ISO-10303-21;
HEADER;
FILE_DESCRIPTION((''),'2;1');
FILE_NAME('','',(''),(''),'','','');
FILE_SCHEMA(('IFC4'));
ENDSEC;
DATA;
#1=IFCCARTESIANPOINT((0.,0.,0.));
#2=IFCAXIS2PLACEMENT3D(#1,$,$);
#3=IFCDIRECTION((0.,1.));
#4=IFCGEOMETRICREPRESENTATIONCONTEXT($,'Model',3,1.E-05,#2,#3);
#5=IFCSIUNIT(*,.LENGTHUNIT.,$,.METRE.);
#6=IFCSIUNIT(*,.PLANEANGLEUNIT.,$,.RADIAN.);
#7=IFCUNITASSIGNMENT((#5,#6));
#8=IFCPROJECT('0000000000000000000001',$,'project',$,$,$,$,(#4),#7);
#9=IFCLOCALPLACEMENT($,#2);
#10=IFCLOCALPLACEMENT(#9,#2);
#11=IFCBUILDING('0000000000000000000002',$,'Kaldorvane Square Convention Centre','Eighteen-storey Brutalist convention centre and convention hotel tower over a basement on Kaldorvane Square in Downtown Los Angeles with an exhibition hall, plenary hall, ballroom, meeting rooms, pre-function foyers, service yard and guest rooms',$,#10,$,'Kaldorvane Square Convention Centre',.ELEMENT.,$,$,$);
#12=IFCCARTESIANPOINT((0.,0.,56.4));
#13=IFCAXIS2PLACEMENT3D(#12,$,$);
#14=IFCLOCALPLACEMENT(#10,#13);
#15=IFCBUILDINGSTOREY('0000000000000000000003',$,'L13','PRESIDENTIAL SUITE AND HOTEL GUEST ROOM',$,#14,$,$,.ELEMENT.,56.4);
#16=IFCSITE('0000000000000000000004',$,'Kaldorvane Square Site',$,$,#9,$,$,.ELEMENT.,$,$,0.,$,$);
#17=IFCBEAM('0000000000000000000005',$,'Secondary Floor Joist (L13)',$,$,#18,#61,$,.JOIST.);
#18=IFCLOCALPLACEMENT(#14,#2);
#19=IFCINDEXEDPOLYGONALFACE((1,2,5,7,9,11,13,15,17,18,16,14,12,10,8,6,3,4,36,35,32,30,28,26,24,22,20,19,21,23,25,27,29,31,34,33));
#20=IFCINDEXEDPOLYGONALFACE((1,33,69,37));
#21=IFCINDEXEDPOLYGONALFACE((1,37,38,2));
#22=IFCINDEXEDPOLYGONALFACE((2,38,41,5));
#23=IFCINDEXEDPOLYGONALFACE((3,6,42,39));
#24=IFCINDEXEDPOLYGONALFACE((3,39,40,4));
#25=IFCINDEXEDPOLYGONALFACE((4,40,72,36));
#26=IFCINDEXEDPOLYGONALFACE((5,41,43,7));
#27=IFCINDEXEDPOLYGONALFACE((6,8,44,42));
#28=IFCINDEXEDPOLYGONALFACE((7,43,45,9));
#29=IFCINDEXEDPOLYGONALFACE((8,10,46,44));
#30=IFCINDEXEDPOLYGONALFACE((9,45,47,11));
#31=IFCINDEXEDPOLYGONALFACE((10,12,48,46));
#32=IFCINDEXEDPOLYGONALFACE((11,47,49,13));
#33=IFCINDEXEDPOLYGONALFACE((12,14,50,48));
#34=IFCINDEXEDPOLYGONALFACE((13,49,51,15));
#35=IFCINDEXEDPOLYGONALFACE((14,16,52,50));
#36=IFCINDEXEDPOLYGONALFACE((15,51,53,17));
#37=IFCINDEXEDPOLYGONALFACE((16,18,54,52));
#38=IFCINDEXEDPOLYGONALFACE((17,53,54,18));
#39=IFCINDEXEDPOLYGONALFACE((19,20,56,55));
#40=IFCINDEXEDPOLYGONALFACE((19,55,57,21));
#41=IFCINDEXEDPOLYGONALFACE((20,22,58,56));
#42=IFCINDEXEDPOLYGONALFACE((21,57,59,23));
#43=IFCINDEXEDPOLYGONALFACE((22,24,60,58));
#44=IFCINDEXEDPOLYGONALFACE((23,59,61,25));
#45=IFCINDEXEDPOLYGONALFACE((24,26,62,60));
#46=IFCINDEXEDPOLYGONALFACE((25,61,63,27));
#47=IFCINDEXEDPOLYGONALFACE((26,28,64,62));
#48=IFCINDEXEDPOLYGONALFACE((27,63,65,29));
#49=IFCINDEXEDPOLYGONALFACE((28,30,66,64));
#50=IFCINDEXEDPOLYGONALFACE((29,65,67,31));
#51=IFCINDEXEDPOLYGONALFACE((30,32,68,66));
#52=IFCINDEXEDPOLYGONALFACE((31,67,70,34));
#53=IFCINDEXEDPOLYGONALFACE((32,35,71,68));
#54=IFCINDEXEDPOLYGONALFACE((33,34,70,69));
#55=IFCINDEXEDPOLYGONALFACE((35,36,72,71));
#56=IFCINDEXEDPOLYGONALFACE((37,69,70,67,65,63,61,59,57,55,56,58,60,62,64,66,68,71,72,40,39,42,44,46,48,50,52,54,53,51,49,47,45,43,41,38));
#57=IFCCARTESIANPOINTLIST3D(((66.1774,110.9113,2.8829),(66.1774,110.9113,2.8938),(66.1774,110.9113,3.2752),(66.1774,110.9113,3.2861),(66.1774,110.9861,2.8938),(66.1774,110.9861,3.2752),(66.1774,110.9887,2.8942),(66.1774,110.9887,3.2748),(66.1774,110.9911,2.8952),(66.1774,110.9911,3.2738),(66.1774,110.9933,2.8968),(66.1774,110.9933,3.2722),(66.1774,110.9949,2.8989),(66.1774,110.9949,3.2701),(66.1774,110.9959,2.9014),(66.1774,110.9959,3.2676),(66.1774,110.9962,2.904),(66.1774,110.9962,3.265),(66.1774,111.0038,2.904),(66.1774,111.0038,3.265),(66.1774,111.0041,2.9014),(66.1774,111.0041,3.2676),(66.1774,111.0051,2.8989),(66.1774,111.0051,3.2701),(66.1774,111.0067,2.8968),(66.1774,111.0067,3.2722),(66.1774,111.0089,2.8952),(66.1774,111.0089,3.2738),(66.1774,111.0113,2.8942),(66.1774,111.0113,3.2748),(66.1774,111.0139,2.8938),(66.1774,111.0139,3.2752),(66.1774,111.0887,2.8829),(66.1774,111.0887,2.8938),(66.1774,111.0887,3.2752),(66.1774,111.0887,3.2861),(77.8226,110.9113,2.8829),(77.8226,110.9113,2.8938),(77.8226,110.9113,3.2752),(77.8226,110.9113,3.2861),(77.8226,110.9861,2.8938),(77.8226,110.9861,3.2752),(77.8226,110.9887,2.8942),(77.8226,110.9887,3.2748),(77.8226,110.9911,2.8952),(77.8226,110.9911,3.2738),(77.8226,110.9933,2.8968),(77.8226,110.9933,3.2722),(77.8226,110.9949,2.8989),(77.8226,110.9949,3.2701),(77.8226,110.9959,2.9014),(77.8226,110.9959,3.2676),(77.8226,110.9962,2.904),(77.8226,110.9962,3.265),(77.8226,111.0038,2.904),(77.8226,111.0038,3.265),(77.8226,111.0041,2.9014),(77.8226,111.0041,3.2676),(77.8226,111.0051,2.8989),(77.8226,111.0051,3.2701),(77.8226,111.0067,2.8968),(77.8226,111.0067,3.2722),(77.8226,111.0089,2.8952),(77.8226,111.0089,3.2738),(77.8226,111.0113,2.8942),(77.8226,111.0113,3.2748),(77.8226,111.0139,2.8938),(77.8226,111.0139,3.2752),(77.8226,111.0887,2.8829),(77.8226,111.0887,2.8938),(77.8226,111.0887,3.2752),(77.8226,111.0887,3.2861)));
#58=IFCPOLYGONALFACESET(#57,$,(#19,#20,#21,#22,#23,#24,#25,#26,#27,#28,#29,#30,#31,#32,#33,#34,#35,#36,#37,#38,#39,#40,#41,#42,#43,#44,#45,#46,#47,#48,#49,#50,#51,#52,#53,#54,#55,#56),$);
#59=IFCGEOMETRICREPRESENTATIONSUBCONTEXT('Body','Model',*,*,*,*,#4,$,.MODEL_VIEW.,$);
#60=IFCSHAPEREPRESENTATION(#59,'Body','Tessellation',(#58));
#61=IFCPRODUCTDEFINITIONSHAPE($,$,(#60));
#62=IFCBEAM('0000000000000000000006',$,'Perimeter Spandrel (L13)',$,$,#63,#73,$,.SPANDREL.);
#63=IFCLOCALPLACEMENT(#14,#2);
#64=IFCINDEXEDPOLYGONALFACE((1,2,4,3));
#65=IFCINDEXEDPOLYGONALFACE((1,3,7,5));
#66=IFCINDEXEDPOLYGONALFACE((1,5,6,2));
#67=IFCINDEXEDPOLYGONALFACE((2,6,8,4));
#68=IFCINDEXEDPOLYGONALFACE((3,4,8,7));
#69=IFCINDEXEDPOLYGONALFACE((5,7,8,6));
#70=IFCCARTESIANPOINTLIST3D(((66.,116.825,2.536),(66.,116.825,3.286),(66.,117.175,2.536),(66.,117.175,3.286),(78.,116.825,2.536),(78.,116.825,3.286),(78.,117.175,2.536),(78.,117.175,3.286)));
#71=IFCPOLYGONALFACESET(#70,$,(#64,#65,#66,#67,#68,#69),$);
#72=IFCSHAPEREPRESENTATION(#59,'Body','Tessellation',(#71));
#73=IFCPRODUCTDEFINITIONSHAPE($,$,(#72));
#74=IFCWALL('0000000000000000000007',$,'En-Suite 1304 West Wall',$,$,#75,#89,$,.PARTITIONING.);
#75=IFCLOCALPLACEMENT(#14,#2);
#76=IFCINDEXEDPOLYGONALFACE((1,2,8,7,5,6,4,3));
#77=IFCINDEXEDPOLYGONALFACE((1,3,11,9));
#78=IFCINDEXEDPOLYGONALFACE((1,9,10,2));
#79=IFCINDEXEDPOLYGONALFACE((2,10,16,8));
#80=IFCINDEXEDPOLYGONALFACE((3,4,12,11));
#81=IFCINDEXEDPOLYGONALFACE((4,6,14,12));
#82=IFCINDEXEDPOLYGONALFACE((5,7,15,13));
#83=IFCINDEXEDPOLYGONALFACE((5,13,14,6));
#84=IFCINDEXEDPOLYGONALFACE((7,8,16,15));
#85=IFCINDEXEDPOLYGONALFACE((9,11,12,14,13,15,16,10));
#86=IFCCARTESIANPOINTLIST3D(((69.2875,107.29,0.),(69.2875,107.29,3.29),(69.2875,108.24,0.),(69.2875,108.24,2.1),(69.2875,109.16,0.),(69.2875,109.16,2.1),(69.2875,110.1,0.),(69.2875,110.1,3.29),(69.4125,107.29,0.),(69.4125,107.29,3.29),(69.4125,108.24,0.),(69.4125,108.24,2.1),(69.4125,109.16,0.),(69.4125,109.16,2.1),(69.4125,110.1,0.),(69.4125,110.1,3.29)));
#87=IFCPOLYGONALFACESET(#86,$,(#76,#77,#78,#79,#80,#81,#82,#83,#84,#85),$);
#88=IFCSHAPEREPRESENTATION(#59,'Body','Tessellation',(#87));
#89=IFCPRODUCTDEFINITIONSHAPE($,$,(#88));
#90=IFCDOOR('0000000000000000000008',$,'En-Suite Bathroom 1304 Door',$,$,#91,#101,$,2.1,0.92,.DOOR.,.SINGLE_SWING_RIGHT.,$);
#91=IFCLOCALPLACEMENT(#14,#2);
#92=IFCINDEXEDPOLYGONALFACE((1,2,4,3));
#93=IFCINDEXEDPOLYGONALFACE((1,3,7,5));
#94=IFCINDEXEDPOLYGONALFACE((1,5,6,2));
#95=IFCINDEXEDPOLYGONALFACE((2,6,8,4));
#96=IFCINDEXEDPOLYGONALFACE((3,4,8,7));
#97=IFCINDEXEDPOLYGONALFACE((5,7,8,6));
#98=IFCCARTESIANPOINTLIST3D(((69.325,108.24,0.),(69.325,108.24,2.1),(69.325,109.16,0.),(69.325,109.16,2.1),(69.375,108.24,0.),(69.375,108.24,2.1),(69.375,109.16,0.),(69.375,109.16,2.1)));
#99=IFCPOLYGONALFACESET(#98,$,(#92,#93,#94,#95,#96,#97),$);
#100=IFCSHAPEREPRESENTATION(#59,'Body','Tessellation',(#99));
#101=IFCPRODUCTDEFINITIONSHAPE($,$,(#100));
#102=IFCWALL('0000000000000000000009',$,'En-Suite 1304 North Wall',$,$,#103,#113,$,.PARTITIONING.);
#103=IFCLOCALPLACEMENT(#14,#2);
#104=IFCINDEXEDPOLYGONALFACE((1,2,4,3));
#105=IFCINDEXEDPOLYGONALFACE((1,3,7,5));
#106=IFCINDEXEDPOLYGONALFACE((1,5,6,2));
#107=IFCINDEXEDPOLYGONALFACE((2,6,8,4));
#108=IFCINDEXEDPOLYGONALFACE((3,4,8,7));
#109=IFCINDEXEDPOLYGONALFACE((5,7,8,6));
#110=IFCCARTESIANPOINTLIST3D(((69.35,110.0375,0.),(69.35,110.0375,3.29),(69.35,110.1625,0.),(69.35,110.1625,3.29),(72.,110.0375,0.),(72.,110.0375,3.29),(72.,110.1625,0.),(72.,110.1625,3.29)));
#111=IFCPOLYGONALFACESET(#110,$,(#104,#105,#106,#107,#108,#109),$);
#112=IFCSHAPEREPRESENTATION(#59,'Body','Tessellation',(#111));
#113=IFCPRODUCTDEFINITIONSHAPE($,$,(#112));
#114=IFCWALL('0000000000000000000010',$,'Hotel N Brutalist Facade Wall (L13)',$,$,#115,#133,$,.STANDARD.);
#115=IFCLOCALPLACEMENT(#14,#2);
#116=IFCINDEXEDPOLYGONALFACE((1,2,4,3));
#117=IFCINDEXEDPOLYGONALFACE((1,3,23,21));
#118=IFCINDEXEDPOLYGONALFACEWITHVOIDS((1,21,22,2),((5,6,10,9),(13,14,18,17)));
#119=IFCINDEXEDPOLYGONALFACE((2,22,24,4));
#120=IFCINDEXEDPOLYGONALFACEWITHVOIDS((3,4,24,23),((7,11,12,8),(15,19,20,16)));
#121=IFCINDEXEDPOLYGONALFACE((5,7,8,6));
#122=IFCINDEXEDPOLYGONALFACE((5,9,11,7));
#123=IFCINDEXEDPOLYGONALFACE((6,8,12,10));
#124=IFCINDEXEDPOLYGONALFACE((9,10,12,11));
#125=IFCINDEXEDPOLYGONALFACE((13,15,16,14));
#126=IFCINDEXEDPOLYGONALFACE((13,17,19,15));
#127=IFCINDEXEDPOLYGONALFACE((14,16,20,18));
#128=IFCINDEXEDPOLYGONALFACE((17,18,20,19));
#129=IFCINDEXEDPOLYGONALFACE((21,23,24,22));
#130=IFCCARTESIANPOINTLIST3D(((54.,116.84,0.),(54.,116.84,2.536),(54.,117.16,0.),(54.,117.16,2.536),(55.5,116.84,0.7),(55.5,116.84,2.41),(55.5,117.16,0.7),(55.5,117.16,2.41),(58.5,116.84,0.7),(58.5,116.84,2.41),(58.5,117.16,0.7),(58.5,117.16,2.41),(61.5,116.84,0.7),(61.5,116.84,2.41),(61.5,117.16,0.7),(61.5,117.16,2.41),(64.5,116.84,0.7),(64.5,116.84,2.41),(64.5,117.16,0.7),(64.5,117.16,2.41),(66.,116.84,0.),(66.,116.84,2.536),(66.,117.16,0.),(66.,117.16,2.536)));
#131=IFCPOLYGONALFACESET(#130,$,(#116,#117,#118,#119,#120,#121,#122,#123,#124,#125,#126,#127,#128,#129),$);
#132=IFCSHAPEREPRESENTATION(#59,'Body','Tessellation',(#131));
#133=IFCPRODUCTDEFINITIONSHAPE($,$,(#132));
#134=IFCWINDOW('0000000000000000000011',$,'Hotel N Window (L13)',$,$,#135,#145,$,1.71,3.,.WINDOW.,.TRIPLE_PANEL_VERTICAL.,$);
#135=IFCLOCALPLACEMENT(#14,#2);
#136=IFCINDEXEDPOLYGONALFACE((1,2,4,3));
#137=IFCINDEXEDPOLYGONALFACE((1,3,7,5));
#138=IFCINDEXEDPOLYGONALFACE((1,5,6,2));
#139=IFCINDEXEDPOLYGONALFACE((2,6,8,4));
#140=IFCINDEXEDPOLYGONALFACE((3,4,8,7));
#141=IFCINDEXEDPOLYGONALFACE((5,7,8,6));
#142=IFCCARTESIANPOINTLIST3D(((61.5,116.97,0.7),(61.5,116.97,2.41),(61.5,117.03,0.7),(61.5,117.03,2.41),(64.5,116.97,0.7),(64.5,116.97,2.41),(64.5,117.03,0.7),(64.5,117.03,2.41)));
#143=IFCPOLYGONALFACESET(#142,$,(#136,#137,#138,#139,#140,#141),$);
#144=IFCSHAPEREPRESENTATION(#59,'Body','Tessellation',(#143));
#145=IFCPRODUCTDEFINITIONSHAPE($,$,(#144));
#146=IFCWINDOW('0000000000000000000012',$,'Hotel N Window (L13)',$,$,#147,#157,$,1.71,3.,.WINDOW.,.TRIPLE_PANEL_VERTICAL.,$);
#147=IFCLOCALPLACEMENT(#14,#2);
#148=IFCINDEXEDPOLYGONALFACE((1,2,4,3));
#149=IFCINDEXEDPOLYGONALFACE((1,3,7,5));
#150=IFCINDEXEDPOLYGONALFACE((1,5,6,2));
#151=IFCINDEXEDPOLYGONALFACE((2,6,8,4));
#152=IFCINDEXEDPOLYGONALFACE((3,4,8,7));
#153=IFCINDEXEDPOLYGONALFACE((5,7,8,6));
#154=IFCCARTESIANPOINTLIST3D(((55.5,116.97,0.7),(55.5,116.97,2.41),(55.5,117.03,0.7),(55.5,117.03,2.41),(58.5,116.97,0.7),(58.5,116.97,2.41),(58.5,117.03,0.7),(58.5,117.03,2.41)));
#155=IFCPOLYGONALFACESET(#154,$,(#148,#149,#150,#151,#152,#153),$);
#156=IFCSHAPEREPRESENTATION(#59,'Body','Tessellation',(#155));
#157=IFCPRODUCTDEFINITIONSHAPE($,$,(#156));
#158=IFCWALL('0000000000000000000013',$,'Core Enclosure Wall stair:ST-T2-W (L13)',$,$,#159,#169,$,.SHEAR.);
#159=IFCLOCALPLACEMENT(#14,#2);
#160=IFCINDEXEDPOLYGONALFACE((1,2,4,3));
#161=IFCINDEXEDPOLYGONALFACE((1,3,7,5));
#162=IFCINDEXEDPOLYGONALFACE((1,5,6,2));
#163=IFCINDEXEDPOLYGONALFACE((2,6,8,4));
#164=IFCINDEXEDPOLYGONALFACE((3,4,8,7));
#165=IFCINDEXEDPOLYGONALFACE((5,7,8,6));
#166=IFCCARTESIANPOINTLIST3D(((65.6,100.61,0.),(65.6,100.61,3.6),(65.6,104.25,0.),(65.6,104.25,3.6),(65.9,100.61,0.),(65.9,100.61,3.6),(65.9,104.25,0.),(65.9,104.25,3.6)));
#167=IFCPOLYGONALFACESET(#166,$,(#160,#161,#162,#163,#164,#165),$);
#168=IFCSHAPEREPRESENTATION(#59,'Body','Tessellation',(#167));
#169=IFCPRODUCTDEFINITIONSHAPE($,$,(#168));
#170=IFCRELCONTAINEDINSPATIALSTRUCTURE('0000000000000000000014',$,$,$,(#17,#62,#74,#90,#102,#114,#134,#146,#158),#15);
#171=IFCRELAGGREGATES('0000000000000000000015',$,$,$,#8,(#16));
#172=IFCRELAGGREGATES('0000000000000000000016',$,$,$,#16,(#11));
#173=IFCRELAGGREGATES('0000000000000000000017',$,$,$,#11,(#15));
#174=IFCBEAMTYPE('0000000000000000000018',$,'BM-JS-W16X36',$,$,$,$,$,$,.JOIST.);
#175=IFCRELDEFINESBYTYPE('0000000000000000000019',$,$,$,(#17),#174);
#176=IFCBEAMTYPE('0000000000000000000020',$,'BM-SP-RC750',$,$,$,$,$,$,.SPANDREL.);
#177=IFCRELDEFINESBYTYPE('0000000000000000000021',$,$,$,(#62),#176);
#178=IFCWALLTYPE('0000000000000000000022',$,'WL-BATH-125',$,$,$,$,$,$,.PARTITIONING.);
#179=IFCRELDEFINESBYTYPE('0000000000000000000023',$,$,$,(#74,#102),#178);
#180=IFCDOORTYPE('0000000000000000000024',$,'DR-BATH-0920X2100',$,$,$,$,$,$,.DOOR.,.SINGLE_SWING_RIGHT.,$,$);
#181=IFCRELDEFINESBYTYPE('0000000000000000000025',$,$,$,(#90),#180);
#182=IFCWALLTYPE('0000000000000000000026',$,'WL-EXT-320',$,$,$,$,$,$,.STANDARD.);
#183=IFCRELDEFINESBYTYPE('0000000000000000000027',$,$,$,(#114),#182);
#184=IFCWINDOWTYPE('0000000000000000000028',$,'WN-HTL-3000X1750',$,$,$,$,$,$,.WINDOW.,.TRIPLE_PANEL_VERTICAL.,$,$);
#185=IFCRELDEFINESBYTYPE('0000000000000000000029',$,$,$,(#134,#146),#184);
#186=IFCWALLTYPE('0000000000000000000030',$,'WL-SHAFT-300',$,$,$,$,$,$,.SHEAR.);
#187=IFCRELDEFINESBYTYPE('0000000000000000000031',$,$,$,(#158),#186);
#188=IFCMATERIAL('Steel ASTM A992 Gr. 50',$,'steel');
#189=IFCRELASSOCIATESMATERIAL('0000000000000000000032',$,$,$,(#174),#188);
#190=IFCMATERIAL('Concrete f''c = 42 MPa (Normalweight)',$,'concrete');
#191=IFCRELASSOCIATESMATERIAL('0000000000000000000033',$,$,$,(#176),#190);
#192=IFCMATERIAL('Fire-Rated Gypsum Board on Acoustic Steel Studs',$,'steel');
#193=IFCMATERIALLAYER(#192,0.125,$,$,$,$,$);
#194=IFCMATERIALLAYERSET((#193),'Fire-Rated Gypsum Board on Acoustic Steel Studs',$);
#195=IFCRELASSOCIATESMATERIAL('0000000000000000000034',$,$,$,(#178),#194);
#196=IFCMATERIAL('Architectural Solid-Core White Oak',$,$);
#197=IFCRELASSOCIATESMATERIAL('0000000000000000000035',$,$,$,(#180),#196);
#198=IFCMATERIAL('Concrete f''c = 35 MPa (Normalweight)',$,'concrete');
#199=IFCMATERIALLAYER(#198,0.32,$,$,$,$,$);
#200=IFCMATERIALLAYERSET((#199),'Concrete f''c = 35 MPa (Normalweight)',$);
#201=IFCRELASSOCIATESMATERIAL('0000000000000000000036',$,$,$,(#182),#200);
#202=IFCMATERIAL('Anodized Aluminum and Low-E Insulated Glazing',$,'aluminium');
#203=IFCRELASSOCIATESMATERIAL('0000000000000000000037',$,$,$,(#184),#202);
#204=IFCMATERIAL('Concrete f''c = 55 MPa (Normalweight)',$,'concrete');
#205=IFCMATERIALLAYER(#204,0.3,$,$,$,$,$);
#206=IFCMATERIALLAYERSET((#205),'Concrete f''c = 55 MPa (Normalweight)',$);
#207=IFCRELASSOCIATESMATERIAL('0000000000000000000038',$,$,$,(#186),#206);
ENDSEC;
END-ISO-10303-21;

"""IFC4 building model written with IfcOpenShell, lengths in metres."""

from ifc_helpers import new_model, si_unit, direction, frame, frame_2d, origin, origin_2d, place, context, subcontext, project, spatial, rectangle, i_section, extrude, material, layer, layer_set, material_profile, profile_set, type_object, element, fill, save


model = new_model("IFC4")

# Units and contexts
model_context = context("Model", 3, precision=1e-05, world=origin(), true_north=direction((0.0, 1.0)))
body_context = subcontext(model_context, "Body", "Model", "MODEL_VIEW")
ifc_project = project(units=[si_unit("LENGTHUNIT", "METRE"), si_unit("PLANEANGLEUNIT", "RADIAN")], contexts=[model_context])

# Site, building, storey
site_placement = place(None, origin())
site = spatial("IfcSite", under=ifc_project, at=site_placement, Name="Kaldorvane Square Site", CompositionType="ELEMENT", RefElevation=0.0)
building_placement = place(site_placement, origin())
building = spatial("IfcBuilding", under=site, at=building_placement, Name="Kaldorvane Square Convention Centre", Description="Eighteen-storey Brutalist convention centre and convention hotel tower over a basement on Kaldorvane Square in Downtown Los Angeles with an exhibition hall, plenary hall, ballroom, meeting rooms, pre-function foyers, service yard and guest rooms", LongName="Kaldorvane Square Convention Centre", CompositionType="ELEMENT")
storey_placement = place(building_placement, frame((0.0, 0.0, 56.4)))
storey = spatial("IfcBuildingStorey", under=building, at=storey_placement, Name="L13", Description="PRESIDENTIAL SUITE AND HOTEL GUEST ROOM", CompositionType="ELEMENT", Elevation=56.4)

# Shared definitions
ifc_material_1 = material(Name="Concrete f'c = 42 MPa (Normalweight)", Category="concrete")
ifc_material_2 = material(Name="Steel ASTM A992 Gr. 50", Category="steel")

# Beams
ifc_material_profile_1 = material_profile(ifc_material_2, i_section(OverallWidth=0.1774, OverallDepth=0.4031, WebThickness=0.0075, FlangeThickness=0.0109, FilletRadius=0.0102, at=origin_2d()), Name="W16X36")
ifc_profile_set_1 = profile_set([ifc_material_profile_1], Name="Steel ASTM A992 Gr. 50")
beam_type_1 = type_object("IfcBeamType", Name="BM-JS-W16X36", PredefinedType="JOIST", material=ifc_profile_set_1)
beam_1_placement = place(storey_placement, frame((66.1774, 111.0, 3.0845), z_axis=(1.0, 0.0, 0.0), x_axis=(0.0, 1.0, 0.0)))
element("IfcBeam", 1, at=beam_1_placement, inside=storey, type_object=beam_type_1, Name="Secondary Floor Joist (L13)", PredefinedType="JOIST", context=body_context, shape_type="SweptSolid", body=[
    extrude(i_section(OverallWidth=0.1774, OverallDepth=0.4031, WebThickness=0.0075, FlangeThickness=0.0109, FilletRadius=0.0102, at=origin_2d()), origin(), (0.0, 0.0, 1.0), 11.6452),
])
ifc_material_profile_2 = material_profile(ifc_material_1, rectangle(XDim=0.35, YDim=0.75, at=origin_2d()), Name="RCSP750X350")
ifc_profile_set_2 = profile_set([ifc_material_profile_2], Name="Concrete f'c = 42 MPa (Normalweight)")
beam_type_2 = type_object("IfcBeamType", Name="BM-SP-RC750", PredefinedType="SPANDREL", material=ifc_profile_set_2)
beam_2_placement = place(storey_placement, frame((66.0, 117.0, 2.911), z_axis=(1.0, 0.0, 0.0), x_axis=(0.0, 1.0, 0.0)))
element("IfcBeam", 2, at=beam_2_placement, inside=storey, type_object=beam_type_2, Name="Perimeter Spandrel (L13)", PredefinedType="SPANDREL", context=body_context, shape_type="SweptSolid", body=[
    extrude(rectangle(XDim=0.35, YDim=0.75, at=origin_2d()), origin(), (0.0, 0.0, 1.0), 12.0),
])

# Wall, opening, door
ifc_material_3 = material(Name="Fire-Rated Gypsum Board on Acoustic Steel Studs", Category="steel")
ifc_layer_1 = layer(ifc_material_3, 0.125)
ifc_layer_set_1 = layer_set([ifc_layer_1], Name="Fire-Rated Gypsum Board on Acoustic Steel Studs")
wall_type_1 = type_object("IfcWallType", Name="WL-BATH-125", PredefinedType="PARTITIONING", material=ifc_layer_set_1)
wall_1_placement = place(storey_placement, frame((69.35, 107.29, 0.0), z_axis=(0.0, 0.0, 1.0), x_axis=(0.0, 1.0, 0.0)))
wall_1 = element("IfcWall", 3, at=wall_1_placement, inside=storey, type_object=wall_type_1, Name="En-Suite 1304 West Wall", PredefinedType="PARTITIONING", context=body_context, shape_type="SweptSolid", body=[
    extrude(rectangle(XDim=2.81, YDim=0.125, at=frame_2d((1.405, 0.0))), origin(), (0.0, 0.0, 1.0), 3.29),
])
opening_1_placement = place(wall_1_placement, frame((0.95, 0.0, 0.0)))
opening_1 = element("IfcOpeningElement", 4, at=opening_1_placement, cuts=wall_1, PredefinedType="OPENING", context=body_context, shape_type="SweptSolid", body=[
    extrude(rectangle(XDim=0.92, YDim=2.1, at=frame_2d((0.46, 1.05))), frame((0.0, 0.0775, 0.0), z_axis=(0.0, -1.0, 0.0), x_axis=(1.0, 0.0, 0.0)), (0.0, 0.0, 1.0), 0.155),
])
ifc_material_4 = material(Name="Architectural Solid-Core White Oak")
door_type = type_object("IfcDoorType", Name="DR-BATH-0920X2100", OperationType="SINGLE_SWING_RIGHT", PredefinedType="DOOR", material=ifc_material_4)
door_placement = place(opening_1_placement, origin())
door = element("IfcDoor", 5, at=door_placement, inside=storey, type_object=door_type, Name="En-Suite Bathroom 1304 Door", OperationType="SINGLE_SWING_RIGHT", OverallHeight=2.1, OverallWidth=0.92, PredefinedType="DOOR", context=body_context, shape_type="SweptSolid", body=[
    extrude(rectangle(XDim=0.92, YDim=2.1, at=frame_2d((0.46, 1.05))), frame((0.0, 0.025, 0.0), z_axis=(0.0, -1.0, 0.0), x_axis=(1.0, 0.0, 0.0)), (0.0, 0.0, 1.0), 0.05),
])
fill(opening_1, door)

# Wall
wall_2_placement = place(storey_placement, frame((69.35, 110.1, 0.0), z_axis=(0.0, 0.0, 1.0), x_axis=(1.0, 0.0, 0.0)))
element("IfcWall", 6, at=wall_2_placement, inside=storey, type_object=wall_type_1, Name="En-Suite 1304 North Wall", PredefinedType="PARTITIONING", context=body_context, shape_type="SweptSolid", body=[
    extrude(rectangle(XDim=2.65, YDim=0.125, at=frame_2d((1.325, 0.0))), origin(), (0.0, 0.0, 1.0), 3.29),
])

# Wall, openings, windows
ifc_material_5 = material(Name="Concrete f'c = 35 MPa (Normalweight)", Category="concrete")
ifc_layer_2 = layer(ifc_material_5, 0.32)
ifc_layer_set_2 = layer_set([ifc_layer_2], Name="Concrete f'c = 35 MPa (Normalweight)")
wall_type_2 = type_object("IfcWallType", Name="WL-EXT-320", PredefinedType="STANDARD", material=ifc_layer_set_2)
wall_3_placement = place(storey_placement, frame((66.0, 117.0, 0.0), z_axis=(0.0, 0.0, 1.0), x_axis=(-1.0, 0.0, 0.0)))
wall_3 = element("IfcWall", 7, at=wall_3_placement, inside=storey, type_object=wall_type_2, Name="Hotel N Brutalist Facade Wall (L13)", PredefinedType="STANDARD", context=body_context, shape_type="SweptSolid", body=[
    extrude(rectangle(XDim=12.0, YDim=0.32, at=frame_2d((6.0, 0.0))), origin(), (0.0, 0.0, 1.0), 2.536),
])
opening_2_placement = place(wall_3_placement, frame((1.5, 0.0, 0.7)))
opening_2 = element("IfcOpeningElement", 8, at=opening_2_placement, cuts=wall_3, PredefinedType="OPENING", context=body_context, shape_type="SweptSolid", body=[
    extrude(rectangle(XDim=3.0, YDim=1.71, at=frame_2d((1.5, 0.855))), frame((0.0, 0.175, 0.0), z_axis=(0.0, -1.0, 0.0), x_axis=(1.0, 0.0, 0.0)), (0.0, 0.0, 1.0), 0.35),
])
opening_3_placement = place(wall_3_placement, frame((7.5, 0.0, 0.7)))
opening_3 = element("IfcOpeningElement", 9, at=opening_3_placement, cuts=wall_3, PredefinedType="OPENING", context=body_context, shape_type="SweptSolid", body=[
    extrude(rectangle(XDim=3.0, YDim=1.71, at=frame_2d((1.5, 0.855))), frame((0.0, 0.175, 0.0), z_axis=(0.0, -1.0, 0.0), x_axis=(1.0, 0.0, 0.0)), (0.0, 0.0, 1.0), 0.35),
])
ifc_material_6 = material(Name="Anodized Aluminum and Low-E Insulated Glazing", Category="aluminium")
window_type = type_object("IfcWindowType", Name="WN-HTL-3000X1750", PartitioningType="TRIPLE_PANEL_VERTICAL", PredefinedType="WINDOW", material=ifc_material_6)
window_1_placement = place(opening_2_placement, origin())
window_1 = element("IfcWindow", 10, at=window_1_placement, inside=storey, type_object=window_type, Name="Hotel N Window (L13)", OverallHeight=1.71, OverallWidth=3.0, PartitioningType="TRIPLE_PANEL_VERTICAL", PredefinedType="WINDOW", context=body_context, shape_type="SweptSolid", body=[
    extrude(rectangle(XDim=3.0, YDim=1.71, at=frame_2d((1.5, 0.855))), frame((0.0, 0.03, 0.0), z_axis=(0.0, -1.0, 0.0), x_axis=(1.0, 0.0, 0.0)), (0.0, 0.0, 1.0), 0.06),
])
fill(opening_2, window_1)
window_2_placement = place(opening_3_placement, origin())
window_2 = element("IfcWindow", 11, at=window_2_placement, inside=storey, type_object=window_type, Name="Hotel N Window (L13)", OverallHeight=1.71, OverallWidth=3.0, PartitioningType="TRIPLE_PANEL_VERTICAL", PredefinedType="WINDOW", context=body_context, shape_type="SweptSolid", body=[
    extrude(rectangle(XDim=3.0, YDim=1.71, at=frame_2d((1.5, 0.855))), frame((0.0, 0.03, 0.0), z_axis=(0.0, -1.0, 0.0), x_axis=(1.0, 0.0, 0.0)), (0.0, 0.0, 1.0), 0.06),
])
fill(opening_3, window_2)

# Wall
ifc_material_7 = material(Name="Concrete f'c = 55 MPa (Normalweight)", Category="concrete")
ifc_layer_3 = layer(ifc_material_7, 0.3)
ifc_layer_set_3 = layer_set([ifc_layer_3], Name="Concrete f'c = 55 MPa (Normalweight)")
wall_type_3 = type_object("IfcWallType", Name="WL-SHAFT-300", PredefinedType="SHEAR", material=ifc_layer_set_3)
wall_4_placement = place(storey_placement, frame((65.75, 104.25, 0.0), z_axis=(0.0, 0.0, 1.0), x_axis=(0.0, -1.0, 0.0)))
element("IfcWall", 12, at=wall_4_placement, inside=storey, type_object=wall_type_3, Name="Core Enclosure Wall stair:ST-T2-W (L13)", PredefinedType="SHEAR", context=body_context, shape_type="SweptSolid", body=[
    extrude(rectangle(XDim=3.64, YDim=0.3, at=frame_2d((1.82, 0.0))), origin(), (0.0, 0.0, 1.0), 3.6),
])

save(model, "model.ifc")
